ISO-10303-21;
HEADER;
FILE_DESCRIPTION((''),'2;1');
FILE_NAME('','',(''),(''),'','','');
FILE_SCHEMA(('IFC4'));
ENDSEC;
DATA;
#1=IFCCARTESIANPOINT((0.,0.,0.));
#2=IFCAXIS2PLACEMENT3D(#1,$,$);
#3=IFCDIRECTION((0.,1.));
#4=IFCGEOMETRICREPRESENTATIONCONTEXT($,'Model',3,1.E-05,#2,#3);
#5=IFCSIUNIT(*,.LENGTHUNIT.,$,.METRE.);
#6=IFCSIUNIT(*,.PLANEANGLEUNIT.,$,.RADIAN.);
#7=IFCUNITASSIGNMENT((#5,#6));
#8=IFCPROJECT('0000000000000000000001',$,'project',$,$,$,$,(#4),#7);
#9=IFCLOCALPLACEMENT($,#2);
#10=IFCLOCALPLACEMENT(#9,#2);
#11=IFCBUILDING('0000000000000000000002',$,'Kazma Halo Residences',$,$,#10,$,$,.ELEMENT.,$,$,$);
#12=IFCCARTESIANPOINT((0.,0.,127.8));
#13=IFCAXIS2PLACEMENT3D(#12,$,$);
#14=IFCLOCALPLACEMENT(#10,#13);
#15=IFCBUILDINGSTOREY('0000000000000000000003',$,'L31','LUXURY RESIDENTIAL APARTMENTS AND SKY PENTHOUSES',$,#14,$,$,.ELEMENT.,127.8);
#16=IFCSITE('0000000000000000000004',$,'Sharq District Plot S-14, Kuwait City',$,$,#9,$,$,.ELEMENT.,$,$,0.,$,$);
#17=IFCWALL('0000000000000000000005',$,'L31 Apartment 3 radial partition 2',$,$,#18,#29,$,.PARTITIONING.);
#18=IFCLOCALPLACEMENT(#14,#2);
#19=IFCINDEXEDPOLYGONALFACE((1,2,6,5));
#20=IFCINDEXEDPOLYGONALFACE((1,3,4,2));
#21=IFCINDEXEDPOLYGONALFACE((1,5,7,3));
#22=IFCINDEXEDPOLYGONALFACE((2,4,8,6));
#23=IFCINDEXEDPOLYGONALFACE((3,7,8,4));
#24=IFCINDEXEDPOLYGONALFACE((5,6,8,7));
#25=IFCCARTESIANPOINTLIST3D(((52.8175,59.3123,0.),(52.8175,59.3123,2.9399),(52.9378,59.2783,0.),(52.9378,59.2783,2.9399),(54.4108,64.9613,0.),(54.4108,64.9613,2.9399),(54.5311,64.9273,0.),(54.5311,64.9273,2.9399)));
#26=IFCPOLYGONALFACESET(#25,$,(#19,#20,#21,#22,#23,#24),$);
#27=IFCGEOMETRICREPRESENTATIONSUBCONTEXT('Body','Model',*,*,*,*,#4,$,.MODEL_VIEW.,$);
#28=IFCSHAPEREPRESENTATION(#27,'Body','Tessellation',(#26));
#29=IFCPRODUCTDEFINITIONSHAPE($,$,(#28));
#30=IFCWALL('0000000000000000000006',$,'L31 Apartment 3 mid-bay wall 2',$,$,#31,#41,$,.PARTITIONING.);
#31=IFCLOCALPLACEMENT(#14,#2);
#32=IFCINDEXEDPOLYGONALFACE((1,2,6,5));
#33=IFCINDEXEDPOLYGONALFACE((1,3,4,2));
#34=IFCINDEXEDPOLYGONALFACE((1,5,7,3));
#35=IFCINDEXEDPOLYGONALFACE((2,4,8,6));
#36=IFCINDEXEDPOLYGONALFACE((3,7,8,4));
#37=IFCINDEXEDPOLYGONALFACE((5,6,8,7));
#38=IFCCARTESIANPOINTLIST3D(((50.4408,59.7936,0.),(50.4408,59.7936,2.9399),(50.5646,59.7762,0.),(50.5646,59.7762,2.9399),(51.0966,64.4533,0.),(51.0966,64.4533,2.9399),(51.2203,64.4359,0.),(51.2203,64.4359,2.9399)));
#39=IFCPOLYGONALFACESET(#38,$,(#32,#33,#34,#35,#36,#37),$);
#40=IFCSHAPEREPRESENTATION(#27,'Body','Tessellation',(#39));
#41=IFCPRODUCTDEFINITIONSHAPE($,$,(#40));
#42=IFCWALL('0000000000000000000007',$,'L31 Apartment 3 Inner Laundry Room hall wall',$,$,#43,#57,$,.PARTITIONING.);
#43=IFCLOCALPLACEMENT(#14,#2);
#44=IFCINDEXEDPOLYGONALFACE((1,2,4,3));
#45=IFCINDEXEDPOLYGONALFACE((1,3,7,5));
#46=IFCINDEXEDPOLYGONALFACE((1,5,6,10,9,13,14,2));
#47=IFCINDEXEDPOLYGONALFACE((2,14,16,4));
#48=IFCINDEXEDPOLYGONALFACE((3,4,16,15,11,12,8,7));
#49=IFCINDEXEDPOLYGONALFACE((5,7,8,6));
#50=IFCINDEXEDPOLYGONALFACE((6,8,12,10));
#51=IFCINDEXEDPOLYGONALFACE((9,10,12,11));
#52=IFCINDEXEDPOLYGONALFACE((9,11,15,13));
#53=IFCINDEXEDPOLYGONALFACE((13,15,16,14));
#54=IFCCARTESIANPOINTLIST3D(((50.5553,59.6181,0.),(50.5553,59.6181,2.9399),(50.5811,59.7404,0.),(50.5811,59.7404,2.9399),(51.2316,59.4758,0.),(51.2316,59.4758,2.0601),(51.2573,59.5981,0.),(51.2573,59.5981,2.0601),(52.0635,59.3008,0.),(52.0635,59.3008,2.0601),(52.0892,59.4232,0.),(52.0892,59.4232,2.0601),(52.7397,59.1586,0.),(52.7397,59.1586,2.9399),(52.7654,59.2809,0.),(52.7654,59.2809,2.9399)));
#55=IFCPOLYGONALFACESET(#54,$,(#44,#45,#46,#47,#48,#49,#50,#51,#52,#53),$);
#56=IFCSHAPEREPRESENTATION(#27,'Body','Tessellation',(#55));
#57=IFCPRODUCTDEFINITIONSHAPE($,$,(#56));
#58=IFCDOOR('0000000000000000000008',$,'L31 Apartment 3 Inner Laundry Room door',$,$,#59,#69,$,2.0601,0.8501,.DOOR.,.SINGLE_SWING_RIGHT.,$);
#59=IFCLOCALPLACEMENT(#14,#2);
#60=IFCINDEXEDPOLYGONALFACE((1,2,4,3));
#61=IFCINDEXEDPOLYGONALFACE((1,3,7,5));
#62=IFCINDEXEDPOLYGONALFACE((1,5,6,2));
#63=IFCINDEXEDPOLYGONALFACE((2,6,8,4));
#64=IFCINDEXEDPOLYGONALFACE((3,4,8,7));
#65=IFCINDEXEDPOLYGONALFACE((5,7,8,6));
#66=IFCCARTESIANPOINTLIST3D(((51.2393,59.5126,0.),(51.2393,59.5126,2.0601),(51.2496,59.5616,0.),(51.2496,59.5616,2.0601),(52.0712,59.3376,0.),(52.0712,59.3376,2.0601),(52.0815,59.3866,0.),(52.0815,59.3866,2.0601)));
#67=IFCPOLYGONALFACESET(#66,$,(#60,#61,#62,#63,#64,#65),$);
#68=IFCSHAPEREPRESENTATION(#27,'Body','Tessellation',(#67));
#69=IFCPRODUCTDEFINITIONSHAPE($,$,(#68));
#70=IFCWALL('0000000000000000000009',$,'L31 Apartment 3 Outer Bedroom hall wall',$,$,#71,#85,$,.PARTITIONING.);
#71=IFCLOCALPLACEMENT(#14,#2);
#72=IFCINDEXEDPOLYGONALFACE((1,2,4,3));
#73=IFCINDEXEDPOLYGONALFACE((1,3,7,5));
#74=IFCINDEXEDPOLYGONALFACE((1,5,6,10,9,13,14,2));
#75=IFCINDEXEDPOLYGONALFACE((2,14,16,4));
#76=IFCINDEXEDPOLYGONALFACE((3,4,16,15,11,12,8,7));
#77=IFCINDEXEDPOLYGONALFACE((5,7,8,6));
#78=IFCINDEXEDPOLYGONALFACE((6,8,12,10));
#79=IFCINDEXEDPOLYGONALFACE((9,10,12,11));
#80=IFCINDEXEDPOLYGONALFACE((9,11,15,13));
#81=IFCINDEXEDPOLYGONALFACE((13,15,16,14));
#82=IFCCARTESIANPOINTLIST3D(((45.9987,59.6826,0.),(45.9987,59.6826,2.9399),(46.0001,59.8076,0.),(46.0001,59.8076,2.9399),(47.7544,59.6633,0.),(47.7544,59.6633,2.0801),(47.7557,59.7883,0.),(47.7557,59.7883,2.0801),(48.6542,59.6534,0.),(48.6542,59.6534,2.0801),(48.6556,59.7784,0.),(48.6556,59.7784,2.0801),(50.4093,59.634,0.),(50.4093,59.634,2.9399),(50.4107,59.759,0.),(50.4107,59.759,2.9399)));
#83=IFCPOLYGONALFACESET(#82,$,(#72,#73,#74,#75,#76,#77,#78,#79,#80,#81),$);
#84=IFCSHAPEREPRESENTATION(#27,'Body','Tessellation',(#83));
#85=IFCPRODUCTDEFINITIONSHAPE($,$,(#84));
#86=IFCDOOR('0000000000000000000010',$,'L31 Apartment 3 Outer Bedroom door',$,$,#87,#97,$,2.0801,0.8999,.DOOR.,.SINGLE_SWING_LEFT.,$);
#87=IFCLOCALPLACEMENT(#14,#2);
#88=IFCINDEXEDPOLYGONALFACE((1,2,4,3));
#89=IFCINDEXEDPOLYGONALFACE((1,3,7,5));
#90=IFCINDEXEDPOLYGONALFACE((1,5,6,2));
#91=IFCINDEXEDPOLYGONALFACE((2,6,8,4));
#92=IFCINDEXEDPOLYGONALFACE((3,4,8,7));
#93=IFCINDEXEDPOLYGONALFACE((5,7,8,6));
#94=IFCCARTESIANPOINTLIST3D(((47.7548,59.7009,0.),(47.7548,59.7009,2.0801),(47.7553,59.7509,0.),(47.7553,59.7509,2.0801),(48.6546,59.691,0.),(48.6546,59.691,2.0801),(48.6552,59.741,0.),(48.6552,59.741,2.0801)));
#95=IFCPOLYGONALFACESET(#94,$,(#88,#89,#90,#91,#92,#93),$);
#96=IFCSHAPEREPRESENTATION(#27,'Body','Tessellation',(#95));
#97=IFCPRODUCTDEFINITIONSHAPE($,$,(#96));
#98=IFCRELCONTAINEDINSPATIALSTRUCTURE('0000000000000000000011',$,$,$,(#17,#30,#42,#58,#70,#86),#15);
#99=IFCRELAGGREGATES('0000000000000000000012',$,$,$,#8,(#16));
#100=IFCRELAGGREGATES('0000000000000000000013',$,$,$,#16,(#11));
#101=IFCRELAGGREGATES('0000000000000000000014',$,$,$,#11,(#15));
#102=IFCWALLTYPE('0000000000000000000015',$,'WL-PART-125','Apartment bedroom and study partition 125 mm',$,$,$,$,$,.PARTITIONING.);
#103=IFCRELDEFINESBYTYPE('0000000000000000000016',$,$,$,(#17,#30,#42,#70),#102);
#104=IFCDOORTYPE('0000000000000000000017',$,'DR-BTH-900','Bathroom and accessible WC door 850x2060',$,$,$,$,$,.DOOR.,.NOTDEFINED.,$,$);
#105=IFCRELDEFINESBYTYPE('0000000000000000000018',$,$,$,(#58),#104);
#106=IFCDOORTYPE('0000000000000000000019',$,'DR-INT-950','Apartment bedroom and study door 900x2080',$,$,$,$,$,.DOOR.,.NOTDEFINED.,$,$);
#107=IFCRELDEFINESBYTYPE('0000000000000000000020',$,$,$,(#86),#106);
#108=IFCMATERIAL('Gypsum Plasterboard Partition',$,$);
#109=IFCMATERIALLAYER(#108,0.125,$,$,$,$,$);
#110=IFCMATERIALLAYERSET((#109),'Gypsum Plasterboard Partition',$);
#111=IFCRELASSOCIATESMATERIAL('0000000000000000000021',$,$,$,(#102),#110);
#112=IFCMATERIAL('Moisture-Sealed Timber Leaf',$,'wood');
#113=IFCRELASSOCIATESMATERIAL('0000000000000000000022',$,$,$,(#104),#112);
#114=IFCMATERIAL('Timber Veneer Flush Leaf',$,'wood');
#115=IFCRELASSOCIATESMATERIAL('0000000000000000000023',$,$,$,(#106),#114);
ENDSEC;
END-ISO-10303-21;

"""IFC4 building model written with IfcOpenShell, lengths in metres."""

from ifc_helpers import new_model, si_unit, direction, frame, frame_2d, origin, place, context, subcontext, project, spatial, rectangle, extrude, material, layer, layer_set, type_object, element, fill, save


model = new_model("IFC4")

# Units and contexts
model_context = context("Model", 3, precision=1e-05, world=origin(), true_north=direction((0.0, 1.0)))
body_context = subcontext(model_context, "Body", "Model", "MODEL_VIEW")
ifc_project = project(units=[si_unit("LENGTHUNIT", "METRE"), si_unit("PLANEANGLEUNIT", "RADIAN")], contexts=[model_context])

# Site, building, storey
site_placement = place(None, origin())
site = spatial("IfcSite", under=ifc_project, at=site_placement, Name="Sharq District Plot S-14, Kuwait City", CompositionType="ELEMENT", RefElevation=0.0)
building_placement = place(site_placement, origin())
building = spatial("IfcBuilding", under=site, at=building_placement, Name="Kazma Halo Residences", CompositionType="ELEMENT")
storey_placement = place(building_placement, frame((0.0, 0.0, 127.8)))
storey = spatial("IfcBuildingStorey", under=building, at=storey_placement, Name="L31", Description="LUXURY RESIDENTIAL APARTMENTS AND SKY PENTHOUSES", CompositionType="ELEMENT", Elevation=127.8)

# Walls
ifc_material_1 = material(Name="Gypsum Plasterboard Partition")
ifc_layer_1 = layer(ifc_material_1, 0.125)
ifc_layer_set_1 = layer_set([ifc_layer_1], Name="Gypsum Plasterboard Partition")
wall_type_1 = type_object("IfcWallType", Name="WL-PART-125", Description="Apartment bedroom and study partition 125 mm", PredefinedType="PARTITIONING", material=ifc_layer_set_1)
wall_1_placement = place(storey_placement, frame((52.8777, 59.2954, 0.0), z_axis=(0.0, 0.0, 1.0), x_axis=(0.271456, 0.962451, 0.0)))
element("IfcWall", 1, at=wall_1_placement, inside=storey, type_object=wall_type_1, Name="L31 Apartment 3 radial partition 2", PredefinedType="PARTITIONING", context=body_context, shape_type="SweptSolid", body=[
    extrude(rectangle(XDim=5.8694, YDim=0.125, at=frame_2d((2.9346, 0.0))), origin(), (0.0, 0.0, 1.0), 2.9399),
])
wall_2_placement = place(storey_placement, frame((50.5027, 59.7849, 0.0), z_axis=(0.0, 0.0, 1.0), x_axis=(0.139358, 0.990242, 0.0)))
element("IfcWall", 2, at=wall_2_placement, inside=storey, type_object=wall_type_1, Name="L31 Apartment 3 mid-bay wall 2", PredefinedType="PARTITIONING", context=body_context, shape_type="SweptSolid", body=[
    extrude(rectangle(XDim=4.7056, YDim=0.125, at=frame_2d((2.3528, 0.0))), origin(), (0.0, 0.0, 1.0), 2.9399),
])

# Walls, openings, doors
wall_3_placement = place(storey_placement, frame((52.7527, 59.2197, 0.0), z_axis=(0.0, 0.0, 1.0), x_axis=(-0.978585, 0.205845, 0.0)))
wall_3 = element("IfcWall", 3, at=wall_3_placement, inside=storey, type_object=wall_type_1, Name="L31 Apartment 3 Inner Laundry Room hall wall", PredefinedType="PARTITIONING", context=body_context, shape_type="SweptSolid", body=[
    extrude(rectangle(XDim=2.2322, YDim=0.125, at=frame_2d((1.1162, 0.0))), origin(), (0.0, 0.0, 1.0), 2.9399),
])
opening_1_placement = place(wall_3_placement, frame((0.6912, 0.0, 0.0)))
opening_1 = element("IfcOpeningElement", 4, at=opening_1_placement, cuts=wall_3, PredefinedType="OPENING", context=body_context, shape_type="SweptSolid", body=[
    extrude(rectangle(XDim=0.8501, YDim=2.0601, at=frame_2d((0.425, 1.03))), frame((0.0, 0.0725, 0.0), z_axis=(0.0, -1.0, 0.0), x_axis=(1.0, 0.0, 0.0)), (0.0, 0.0, 1.0), 0.145),
])
ifc_material_2 = material(Name="Moisture-Sealed Timber Leaf", Category="wood")
door_type_1 = type_object("IfcDoorType", Name="DR-BTH-900", Description="Bathroom and accessible WC door 850x2060", OperationType="NOTDEFINED", PredefinedType="DOOR", material=ifc_material_2)
door_1_placement = place(opening_1_placement, origin())
door_1 = element("IfcDoor", 5, at=door_1_placement, inside=storey, type_object=door_type_1, Name="L31 Apartment 3 Inner Laundry Room door", OperationType="SINGLE_SWING_RIGHT", OverallHeight=2.0601, OverallWidth=0.8501, PredefinedType="DOOR", context=body_context, shape_type="SweptSolid", body=[
    extrude(rectangle(XDim=0.8501, YDim=2.0601, at=frame_2d((0.425, 1.03))), frame((0.0, 0.0249, 0.0), z_axis=(0.0, -1.0, 0.0), x_axis=(1.0, 0.0, 0.0)), (0.0, 0.0, 1.0), 0.05),
])
fill(opening_1, door_1)
wall_4_placement = place(storey_placement, frame((50.4102, 59.6965, 0.0), z_axis=(0.0, 0.0, 1.0), x_axis=(-0.999939, 0.011014, 0.0)))
wall_4 = element("IfcWall", 6, at=wall_4_placement, inside=storey, type_object=wall_type_1, Name="L31 Apartment 3 Outer Bedroom hall wall", PredefinedType="PARTITIONING", context=body_context, shape_type="SweptSolid", body=[
    extrude(rectangle(XDim=4.4109, YDim=0.125, at=frame_2d((2.2056, 0.0))), origin(), (0.0, 0.0, 1.0), 2.9399),
])
opening_2_placement = place(wall_4_placement, frame((1.7554, 0.0, 0.0)))
opening_2 = element("IfcOpeningElement", 7, at=opening_2_placement, cuts=wall_4, PredefinedType="OPENING", context=body_context, shape_type="SweptSolid", body=[
    extrude(rectangle(XDim=0.8999, YDim=2.0801, at=frame_2d((0.45, 1.04))), frame((0.0, 0.0725, 0.0), z_axis=(0.0, -1.0, 0.0), x_axis=(1.0, 0.0, 0.0)), (0.0, 0.0, 1.0), 0.145),
])
ifc_material_3 = material(Name="Timber Veneer Flush Leaf", Category="wood")
door_type_2 = type_object("IfcDoorType", Name="DR-INT-950", Description="Apartment bedroom and study door 900x2080", OperationType="NOTDEFINED", PredefinedType="DOOR", material=ifc_material_3)
door_2_placement = place(opening_2_placement, origin())
door_2 = element("IfcDoor", 8, at=door_2_placement, inside=storey, type_object=door_type_2, Name="L31 Apartment 3 Outer Bedroom door", OperationType="SINGLE_SWING_LEFT", OverallHeight=2.0801, OverallWidth=0.8999, PredefinedType="DOOR", context=body_context, shape_type="SweptSolid", body=[
    extrude(rectangle(XDim=0.8999, YDim=2.0801, at=frame_2d((0.45, 1.04))), frame((0.0, 0.0249, 0.0), z_axis=(0.0, -1.0, 0.0), x_axis=(1.0, 0.0, 0.0)), (0.0, 0.0, 1.0), 0.05),
])
fill(opening_2, door_2)

save(model, "model.ifc")
